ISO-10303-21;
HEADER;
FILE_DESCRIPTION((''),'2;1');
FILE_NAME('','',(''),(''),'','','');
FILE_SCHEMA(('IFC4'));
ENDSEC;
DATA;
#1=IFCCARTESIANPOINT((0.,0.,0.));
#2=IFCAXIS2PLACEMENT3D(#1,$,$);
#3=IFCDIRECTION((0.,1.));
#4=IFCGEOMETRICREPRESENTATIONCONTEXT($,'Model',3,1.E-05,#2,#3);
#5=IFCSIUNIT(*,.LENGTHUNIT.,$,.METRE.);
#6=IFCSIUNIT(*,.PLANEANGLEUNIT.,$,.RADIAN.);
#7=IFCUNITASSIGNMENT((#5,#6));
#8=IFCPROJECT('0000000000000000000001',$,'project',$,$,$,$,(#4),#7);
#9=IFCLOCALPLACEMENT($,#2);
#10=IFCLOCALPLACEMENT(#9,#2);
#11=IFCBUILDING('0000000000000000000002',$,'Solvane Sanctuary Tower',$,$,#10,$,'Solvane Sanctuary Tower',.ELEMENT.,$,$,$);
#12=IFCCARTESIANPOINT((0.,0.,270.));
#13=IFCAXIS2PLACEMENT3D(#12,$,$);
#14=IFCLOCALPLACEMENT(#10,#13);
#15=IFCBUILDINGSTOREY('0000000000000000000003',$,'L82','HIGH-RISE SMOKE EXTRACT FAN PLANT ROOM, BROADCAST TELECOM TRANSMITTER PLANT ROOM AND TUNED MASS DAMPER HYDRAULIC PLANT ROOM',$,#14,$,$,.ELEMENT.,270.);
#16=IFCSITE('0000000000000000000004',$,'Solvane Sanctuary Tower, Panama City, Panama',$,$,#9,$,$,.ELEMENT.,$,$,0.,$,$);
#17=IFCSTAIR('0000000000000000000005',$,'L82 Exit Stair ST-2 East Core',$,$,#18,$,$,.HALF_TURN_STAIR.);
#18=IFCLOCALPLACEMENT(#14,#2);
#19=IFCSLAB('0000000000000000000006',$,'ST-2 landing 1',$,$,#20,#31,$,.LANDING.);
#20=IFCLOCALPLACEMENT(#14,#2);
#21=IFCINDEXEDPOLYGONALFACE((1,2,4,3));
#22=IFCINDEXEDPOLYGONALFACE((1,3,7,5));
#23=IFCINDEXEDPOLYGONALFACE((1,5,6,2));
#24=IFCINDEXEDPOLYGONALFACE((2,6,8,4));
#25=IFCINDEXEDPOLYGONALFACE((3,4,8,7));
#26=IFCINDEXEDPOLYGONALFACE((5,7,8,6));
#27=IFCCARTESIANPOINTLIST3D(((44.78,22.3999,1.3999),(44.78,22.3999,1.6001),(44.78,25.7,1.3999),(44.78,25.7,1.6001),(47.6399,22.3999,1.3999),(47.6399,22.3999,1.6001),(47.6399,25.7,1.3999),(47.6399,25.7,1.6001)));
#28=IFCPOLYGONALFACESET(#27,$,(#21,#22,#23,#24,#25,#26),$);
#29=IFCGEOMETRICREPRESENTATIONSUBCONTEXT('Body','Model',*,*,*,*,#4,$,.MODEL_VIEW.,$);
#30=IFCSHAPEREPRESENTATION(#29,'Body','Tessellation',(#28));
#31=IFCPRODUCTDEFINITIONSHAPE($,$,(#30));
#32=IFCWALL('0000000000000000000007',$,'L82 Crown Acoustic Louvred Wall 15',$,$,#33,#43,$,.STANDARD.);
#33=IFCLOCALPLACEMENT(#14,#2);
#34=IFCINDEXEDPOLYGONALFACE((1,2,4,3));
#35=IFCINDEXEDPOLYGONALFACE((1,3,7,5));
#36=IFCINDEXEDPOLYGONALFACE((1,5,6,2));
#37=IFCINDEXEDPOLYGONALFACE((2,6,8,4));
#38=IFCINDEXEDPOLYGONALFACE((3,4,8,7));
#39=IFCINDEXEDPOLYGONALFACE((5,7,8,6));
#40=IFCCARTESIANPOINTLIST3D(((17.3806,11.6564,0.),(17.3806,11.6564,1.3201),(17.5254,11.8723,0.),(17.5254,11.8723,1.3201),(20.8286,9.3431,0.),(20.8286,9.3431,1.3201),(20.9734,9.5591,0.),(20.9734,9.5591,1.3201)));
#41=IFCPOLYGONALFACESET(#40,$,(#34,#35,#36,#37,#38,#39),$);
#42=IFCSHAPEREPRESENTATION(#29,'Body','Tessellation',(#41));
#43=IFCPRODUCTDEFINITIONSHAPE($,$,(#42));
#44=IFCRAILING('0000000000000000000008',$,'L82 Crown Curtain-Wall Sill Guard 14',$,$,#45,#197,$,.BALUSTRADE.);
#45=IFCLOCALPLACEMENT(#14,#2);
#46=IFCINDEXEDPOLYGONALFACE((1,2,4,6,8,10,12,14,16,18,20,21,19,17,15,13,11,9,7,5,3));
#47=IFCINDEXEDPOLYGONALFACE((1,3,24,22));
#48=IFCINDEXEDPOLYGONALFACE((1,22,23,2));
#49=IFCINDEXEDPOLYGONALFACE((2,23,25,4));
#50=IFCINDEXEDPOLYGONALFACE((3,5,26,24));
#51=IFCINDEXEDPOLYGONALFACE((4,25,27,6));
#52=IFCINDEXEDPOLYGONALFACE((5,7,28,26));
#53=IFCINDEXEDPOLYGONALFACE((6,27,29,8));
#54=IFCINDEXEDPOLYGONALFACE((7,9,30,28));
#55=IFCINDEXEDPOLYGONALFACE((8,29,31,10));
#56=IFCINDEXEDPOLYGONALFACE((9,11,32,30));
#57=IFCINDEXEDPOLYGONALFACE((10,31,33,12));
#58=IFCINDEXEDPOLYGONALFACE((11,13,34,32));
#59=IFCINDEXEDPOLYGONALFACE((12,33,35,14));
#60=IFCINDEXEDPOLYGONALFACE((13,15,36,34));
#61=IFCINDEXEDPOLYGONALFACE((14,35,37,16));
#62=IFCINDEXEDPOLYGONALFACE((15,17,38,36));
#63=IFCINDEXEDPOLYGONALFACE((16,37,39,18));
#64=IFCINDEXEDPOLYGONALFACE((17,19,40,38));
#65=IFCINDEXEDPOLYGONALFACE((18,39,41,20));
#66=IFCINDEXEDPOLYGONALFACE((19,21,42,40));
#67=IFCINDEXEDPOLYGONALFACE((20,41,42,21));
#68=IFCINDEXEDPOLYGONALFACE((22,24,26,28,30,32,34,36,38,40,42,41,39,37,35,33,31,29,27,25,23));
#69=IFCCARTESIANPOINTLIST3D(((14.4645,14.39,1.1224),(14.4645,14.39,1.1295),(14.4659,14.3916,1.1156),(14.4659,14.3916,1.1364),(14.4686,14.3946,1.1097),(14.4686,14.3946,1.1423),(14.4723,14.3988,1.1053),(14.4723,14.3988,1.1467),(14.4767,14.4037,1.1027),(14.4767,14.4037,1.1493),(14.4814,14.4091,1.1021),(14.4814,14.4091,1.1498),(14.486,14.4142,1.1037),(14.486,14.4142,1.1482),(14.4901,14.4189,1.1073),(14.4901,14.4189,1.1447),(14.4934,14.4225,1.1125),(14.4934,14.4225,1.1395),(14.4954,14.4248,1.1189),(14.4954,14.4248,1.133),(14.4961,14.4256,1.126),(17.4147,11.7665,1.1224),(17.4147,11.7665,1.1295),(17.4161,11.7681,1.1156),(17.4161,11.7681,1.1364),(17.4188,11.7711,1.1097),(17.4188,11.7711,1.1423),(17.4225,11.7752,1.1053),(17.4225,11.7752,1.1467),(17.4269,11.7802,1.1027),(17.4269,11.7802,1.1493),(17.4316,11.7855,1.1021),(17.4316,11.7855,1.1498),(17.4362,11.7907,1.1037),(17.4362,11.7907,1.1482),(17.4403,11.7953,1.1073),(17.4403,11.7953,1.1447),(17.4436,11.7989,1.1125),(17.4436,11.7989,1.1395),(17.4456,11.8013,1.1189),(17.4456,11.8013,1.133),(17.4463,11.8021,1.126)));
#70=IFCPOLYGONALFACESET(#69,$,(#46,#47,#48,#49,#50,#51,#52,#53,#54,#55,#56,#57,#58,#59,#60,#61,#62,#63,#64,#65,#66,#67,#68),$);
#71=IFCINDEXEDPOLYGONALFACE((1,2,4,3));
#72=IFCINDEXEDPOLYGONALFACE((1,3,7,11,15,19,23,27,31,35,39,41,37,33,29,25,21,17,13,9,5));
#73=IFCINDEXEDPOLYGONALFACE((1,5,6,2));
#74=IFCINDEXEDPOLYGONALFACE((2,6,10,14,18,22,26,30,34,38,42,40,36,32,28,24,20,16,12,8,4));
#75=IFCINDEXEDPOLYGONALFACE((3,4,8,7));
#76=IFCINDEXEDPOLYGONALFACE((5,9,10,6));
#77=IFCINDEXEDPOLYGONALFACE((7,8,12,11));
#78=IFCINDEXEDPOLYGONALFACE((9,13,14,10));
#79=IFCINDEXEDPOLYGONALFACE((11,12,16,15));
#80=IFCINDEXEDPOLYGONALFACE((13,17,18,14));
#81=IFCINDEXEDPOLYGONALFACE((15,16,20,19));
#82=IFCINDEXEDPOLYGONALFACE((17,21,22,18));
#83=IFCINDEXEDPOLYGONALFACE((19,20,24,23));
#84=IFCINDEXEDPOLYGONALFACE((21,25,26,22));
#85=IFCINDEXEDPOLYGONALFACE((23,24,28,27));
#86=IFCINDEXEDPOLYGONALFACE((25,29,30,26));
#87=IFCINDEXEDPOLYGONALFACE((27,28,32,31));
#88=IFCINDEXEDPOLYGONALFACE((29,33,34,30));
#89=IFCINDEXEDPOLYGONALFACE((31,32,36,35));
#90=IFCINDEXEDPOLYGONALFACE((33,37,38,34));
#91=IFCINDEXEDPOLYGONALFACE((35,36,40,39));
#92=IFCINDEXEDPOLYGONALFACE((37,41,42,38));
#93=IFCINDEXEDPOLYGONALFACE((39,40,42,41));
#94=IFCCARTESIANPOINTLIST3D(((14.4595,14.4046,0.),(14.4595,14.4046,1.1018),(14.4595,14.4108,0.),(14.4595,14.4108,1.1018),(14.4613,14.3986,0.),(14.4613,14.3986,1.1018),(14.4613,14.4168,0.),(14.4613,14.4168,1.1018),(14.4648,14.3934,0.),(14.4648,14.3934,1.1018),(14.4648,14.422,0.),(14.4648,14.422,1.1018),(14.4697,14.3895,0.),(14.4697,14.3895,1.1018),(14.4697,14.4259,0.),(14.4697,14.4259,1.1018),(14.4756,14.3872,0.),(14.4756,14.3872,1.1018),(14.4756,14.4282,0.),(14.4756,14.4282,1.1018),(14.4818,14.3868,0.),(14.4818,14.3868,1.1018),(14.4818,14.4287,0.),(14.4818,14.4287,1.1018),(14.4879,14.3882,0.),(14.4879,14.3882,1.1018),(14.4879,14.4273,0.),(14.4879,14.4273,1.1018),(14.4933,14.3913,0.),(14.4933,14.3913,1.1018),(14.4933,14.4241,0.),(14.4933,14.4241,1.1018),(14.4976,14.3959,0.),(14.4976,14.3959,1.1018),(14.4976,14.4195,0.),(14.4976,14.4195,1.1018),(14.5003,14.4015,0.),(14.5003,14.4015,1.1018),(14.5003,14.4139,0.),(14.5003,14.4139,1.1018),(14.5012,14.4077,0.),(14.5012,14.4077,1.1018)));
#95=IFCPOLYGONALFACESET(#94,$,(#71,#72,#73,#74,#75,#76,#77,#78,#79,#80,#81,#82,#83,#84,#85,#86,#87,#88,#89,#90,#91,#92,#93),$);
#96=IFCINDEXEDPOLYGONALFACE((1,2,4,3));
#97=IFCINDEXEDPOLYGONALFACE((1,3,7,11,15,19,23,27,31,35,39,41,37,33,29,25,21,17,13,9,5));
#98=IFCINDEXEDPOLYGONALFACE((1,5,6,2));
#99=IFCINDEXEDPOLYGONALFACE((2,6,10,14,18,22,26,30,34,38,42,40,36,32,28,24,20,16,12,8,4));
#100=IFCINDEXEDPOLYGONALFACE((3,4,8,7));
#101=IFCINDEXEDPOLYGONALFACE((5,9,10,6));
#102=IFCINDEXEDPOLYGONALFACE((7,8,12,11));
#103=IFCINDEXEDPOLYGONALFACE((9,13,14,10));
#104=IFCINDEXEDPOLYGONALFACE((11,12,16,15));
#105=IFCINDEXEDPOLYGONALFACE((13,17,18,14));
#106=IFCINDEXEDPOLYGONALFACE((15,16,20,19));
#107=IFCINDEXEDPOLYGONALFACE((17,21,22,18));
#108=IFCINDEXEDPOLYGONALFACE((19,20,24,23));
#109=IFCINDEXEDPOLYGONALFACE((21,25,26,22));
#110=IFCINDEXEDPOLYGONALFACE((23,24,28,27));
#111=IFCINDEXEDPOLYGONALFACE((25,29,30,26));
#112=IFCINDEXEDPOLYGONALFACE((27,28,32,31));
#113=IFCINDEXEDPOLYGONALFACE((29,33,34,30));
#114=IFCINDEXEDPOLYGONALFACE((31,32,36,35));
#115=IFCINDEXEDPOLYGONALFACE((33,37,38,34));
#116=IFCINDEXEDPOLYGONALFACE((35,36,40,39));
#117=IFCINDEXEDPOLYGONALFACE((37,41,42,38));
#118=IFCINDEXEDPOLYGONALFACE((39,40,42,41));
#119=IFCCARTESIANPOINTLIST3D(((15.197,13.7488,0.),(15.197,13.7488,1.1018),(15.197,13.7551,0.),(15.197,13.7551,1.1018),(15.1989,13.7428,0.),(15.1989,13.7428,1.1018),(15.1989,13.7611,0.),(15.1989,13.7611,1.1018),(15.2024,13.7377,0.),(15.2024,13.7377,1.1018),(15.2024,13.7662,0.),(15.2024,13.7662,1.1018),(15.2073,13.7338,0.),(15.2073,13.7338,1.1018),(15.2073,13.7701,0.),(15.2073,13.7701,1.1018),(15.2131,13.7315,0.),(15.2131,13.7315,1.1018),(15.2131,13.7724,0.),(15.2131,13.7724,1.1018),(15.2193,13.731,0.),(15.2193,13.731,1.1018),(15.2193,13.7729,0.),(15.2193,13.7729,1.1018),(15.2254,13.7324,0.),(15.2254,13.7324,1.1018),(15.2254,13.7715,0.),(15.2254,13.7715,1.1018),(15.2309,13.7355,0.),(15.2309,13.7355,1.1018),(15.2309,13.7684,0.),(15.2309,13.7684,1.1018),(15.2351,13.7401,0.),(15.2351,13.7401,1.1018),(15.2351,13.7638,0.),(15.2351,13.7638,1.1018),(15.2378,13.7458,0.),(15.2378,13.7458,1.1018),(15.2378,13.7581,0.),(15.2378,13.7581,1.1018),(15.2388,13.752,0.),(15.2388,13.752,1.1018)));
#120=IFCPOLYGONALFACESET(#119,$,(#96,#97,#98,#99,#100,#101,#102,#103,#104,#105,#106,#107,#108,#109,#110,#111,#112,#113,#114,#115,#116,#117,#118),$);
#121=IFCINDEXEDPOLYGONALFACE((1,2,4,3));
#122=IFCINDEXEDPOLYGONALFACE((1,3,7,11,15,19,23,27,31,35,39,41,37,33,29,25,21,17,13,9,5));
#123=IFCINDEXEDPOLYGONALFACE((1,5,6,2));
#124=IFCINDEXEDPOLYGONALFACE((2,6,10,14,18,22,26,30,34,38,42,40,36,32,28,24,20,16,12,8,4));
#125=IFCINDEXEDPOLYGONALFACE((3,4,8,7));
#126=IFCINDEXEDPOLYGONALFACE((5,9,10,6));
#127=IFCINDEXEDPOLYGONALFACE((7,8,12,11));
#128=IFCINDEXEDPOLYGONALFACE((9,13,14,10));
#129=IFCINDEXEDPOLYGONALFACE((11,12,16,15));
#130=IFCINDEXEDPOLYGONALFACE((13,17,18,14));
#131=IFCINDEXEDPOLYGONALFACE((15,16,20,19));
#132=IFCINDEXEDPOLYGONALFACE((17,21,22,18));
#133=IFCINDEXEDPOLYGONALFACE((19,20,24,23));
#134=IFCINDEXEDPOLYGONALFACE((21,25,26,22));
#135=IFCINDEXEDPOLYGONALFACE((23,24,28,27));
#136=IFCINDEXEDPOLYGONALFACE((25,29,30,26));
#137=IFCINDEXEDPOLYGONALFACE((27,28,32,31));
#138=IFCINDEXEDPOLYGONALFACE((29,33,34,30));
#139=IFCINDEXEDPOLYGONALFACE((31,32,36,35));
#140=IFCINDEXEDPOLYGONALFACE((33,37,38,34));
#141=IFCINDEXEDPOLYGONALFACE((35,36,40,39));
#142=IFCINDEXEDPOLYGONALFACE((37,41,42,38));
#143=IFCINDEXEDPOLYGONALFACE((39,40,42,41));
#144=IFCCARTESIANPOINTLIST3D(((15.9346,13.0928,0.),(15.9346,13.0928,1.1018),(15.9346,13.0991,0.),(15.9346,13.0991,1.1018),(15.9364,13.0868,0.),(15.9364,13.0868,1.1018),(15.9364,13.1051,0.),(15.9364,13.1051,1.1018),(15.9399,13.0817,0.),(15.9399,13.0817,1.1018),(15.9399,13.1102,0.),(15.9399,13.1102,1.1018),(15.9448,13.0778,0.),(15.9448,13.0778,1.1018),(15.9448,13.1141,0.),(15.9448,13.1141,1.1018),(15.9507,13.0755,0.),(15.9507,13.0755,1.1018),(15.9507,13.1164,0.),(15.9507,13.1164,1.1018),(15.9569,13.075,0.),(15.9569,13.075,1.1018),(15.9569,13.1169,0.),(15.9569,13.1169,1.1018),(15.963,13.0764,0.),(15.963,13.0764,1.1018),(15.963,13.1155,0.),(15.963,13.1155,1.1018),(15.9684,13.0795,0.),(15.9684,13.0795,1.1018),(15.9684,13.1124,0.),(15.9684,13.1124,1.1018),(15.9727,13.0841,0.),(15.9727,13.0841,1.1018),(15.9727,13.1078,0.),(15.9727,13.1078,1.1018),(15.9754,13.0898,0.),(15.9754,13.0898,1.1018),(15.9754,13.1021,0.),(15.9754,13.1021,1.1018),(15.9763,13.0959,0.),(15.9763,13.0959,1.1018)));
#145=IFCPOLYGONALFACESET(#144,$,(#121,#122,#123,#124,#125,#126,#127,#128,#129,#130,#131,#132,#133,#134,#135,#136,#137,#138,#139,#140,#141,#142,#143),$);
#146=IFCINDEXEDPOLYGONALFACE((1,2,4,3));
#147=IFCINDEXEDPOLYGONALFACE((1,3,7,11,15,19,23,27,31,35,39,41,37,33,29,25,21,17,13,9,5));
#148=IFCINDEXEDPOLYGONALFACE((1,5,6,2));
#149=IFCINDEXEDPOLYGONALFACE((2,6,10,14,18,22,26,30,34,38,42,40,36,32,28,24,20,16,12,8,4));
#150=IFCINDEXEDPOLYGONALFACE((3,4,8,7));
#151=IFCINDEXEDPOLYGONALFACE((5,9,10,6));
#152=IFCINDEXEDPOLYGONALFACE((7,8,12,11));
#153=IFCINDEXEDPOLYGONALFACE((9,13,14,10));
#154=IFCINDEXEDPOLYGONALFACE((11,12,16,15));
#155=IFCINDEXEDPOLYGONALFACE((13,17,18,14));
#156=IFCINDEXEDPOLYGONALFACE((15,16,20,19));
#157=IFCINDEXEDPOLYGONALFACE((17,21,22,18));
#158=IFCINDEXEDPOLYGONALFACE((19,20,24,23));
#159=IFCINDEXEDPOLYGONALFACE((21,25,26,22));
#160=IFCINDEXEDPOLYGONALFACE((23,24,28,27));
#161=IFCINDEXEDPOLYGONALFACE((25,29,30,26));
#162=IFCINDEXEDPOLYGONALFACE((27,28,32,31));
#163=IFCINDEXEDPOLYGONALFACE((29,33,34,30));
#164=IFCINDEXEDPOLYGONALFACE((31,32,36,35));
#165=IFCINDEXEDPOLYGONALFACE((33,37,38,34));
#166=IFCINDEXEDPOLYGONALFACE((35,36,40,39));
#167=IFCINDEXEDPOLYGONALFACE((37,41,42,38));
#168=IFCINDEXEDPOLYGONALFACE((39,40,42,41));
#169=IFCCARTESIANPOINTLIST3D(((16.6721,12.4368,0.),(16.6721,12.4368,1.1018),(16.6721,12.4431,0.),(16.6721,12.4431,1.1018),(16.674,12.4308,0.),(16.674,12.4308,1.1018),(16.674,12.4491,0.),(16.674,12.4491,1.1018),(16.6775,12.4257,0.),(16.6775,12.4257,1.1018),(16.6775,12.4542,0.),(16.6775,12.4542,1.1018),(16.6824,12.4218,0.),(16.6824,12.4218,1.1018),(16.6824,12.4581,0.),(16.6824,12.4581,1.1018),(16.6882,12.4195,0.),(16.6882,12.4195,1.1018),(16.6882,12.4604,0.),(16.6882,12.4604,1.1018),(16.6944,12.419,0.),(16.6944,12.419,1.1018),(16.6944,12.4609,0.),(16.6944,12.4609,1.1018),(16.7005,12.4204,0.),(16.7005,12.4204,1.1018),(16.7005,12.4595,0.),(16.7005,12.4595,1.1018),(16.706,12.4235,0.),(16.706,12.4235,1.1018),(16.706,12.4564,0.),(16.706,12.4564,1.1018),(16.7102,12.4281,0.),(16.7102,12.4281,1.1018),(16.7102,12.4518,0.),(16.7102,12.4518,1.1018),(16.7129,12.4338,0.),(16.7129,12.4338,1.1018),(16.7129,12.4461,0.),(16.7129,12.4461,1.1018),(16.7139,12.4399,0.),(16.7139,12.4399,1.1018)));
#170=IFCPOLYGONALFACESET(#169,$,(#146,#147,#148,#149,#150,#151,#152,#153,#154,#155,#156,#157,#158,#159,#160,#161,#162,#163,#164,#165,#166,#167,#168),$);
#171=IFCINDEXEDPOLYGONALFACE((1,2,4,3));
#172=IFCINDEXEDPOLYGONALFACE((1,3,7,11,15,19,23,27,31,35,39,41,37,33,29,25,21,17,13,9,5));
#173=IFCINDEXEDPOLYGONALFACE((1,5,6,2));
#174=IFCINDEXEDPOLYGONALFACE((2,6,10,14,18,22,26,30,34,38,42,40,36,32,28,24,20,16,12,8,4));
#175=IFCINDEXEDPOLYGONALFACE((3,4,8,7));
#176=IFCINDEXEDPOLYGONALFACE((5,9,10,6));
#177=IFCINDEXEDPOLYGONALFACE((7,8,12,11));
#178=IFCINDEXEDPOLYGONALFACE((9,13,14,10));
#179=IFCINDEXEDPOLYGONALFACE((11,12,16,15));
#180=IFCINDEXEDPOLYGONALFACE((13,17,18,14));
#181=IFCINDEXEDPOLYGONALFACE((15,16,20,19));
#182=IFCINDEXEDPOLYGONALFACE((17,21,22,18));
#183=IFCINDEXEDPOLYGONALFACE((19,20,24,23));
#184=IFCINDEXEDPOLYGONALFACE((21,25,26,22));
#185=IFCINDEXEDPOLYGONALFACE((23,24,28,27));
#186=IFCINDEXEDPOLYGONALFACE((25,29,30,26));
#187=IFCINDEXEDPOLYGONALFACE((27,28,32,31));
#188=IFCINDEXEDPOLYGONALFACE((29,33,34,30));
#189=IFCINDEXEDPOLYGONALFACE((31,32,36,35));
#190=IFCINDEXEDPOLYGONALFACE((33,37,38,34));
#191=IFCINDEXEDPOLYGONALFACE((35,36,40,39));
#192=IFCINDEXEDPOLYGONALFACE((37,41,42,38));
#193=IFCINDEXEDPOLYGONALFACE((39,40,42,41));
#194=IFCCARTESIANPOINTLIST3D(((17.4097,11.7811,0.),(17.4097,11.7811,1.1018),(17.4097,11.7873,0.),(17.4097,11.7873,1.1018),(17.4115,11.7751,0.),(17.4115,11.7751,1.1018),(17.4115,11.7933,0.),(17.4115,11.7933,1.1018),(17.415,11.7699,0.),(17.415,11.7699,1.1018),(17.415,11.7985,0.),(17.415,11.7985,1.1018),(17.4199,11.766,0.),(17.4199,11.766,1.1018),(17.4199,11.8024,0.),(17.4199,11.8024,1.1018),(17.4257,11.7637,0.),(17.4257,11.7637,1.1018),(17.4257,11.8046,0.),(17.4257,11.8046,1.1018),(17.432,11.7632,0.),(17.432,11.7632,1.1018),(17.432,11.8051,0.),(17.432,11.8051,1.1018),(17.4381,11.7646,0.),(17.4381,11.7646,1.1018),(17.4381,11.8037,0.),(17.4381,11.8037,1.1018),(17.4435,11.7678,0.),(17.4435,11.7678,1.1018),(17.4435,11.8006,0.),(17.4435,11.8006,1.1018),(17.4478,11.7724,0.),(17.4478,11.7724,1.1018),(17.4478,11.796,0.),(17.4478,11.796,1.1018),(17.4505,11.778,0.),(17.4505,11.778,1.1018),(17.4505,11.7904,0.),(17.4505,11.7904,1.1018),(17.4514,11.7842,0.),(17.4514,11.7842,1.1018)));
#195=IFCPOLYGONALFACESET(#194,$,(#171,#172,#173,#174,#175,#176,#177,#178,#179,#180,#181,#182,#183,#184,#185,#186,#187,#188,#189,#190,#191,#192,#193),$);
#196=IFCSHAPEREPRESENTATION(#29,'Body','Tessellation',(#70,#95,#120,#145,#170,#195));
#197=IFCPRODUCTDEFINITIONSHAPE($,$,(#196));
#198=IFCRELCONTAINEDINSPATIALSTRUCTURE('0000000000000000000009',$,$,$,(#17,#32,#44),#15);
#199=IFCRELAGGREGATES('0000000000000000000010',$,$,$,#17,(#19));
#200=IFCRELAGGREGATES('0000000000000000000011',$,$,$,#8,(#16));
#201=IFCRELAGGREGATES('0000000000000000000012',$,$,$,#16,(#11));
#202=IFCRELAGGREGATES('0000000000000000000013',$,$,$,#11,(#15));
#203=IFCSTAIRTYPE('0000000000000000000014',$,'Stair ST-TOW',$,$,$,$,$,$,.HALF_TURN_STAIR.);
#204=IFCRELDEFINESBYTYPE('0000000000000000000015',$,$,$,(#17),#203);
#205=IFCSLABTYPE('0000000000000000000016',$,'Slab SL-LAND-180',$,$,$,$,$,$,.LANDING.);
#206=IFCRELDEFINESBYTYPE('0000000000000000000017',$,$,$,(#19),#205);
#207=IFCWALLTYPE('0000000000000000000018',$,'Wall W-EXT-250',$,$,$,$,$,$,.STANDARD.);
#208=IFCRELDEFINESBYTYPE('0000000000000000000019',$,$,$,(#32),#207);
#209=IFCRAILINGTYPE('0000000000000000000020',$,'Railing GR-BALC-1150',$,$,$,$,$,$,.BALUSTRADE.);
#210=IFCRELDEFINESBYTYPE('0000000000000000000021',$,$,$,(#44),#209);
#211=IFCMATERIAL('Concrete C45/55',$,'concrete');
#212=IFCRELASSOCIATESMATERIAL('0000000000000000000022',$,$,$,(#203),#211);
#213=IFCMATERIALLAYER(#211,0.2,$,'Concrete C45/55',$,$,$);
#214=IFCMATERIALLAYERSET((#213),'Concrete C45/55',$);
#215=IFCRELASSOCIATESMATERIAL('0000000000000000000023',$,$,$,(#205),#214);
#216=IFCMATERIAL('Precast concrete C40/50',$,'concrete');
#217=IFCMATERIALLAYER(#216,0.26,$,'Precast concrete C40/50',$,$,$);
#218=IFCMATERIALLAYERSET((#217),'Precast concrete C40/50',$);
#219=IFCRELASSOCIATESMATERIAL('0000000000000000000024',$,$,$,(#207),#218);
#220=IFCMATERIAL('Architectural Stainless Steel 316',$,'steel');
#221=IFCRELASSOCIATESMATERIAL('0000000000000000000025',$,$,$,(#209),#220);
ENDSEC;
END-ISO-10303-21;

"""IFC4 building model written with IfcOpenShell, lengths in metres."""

from ifc_helpers import new_model, si_unit, direction, frame, frame_2d, origin, origin_2d, place, context, subcontext, project, spatial, polyline, rectangle, circle, outline, extrude, material, layer, layer_set, type_object, element, aggregate, save


model = new_model("IFC4")

# Units and contexts
model_context = context("Model", 3, precision=1e-05, world=origin(), true_north=direction((0.0, 1.0)))
body_context = subcontext(model_context, "Body", "Model", "MODEL_VIEW")
ifc_project = project(units=[si_unit("LENGTHUNIT", "METRE"), si_unit("PLANEANGLEUNIT", "RADIAN")], contexts=[model_context])

# Site, building, storey
site_placement = place(None, origin())
site = spatial("IfcSite", under=ifc_project, at=site_placement, Name="Solvane Sanctuary Tower, Panama City, Panama", CompositionType="ELEMENT", RefElevation=0.0)
building_placement = place(site_placement, origin())
building = spatial("IfcBuilding", under=site, at=building_placement, Name="Solvane Sanctuary Tower", LongName="Solvane Sanctuary Tower", CompositionType="ELEMENT")
storey_placement = place(building_placement, frame((0.0, 0.0, 270.0)))
storey = spatial("IfcBuildingStorey", under=building, at=storey_placement, Name="L82", Description="HIGH-RISE SMOKE EXTRACT FAN PLANT ROOM, BROADCAST TELECOM TRANSMITTER PLANT ROOM AND TUNED MASS DAMPER HYDRAULIC PLANT ROOM", CompositionType="ELEMENT", Elevation=270.0)

# Stair, slab
ifc_material_1 = material(Name="Concrete C45/55", Category="concrete")
stair_type = type_object("IfcStairType", Name="Stair ST-TOW", PredefinedType="HALF_TURN_STAIR", material=ifc_material_1)
ifc_layer_1 = layer(ifc_material_1, 0.2, Name="Concrete C45/55")
ifc_layer_set_1 = layer_set([ifc_layer_1], Name="Concrete C45/55")
slab_type_1 = type_object("IfcSlabType", Name="Slab SL-LAND-180", PredefinedType="LANDING", material=ifc_layer_set_1)
stair_1_placement = place(storey_placement, origin())
stair_1 = element("IfcStair", 1, at=stair_1_placement, inside=storey, type_object=stair_type, Name="L82 Exit Stair ST-2 East Core", PredefinedType="HALF_TURN_STAIR")
slab_1_placement = place(storey_placement, frame((0.0, 0.0, 1.3999)))
slab_1 = element("IfcSlab", 2, at=slab_1_placement, type_object=slab_type_1, Name="ST-2 landing 1", PredefinedType="LANDING", context=body_context, shape_type="SweptSolid", body=[
    extrude(outline(polyline([(47.6399, 22.3999), (47.6399, 25.7), (44.78, 25.7), (44.78, 22.3999), (47.6399, 22.3999)])), origin(), (0.0, 0.0, 1.0), 0.2002),
])
aggregate(stair_1, [slab_1])

# Wall
ifc_material_2 = material(Name="Precast concrete C40/50", Category="concrete")
ifc_layer_2 = layer(ifc_material_2, 0.26, Name="Precast concrete C40/50")
ifc_layer_set_2 = layer_set([ifc_layer_2], Name="Precast concrete C40/50")
wall_type = type_object("IfcWallType", Name="Wall W-EXT-250", PredefinedType="STANDARD", material=ifc_layer_set_2)
wall_placement = place(storey_placement, frame((17.4529, 11.7644, 0.0), z_axis=(0.0, 0.0, 1.0), x_axis=(0.830427, -0.557127, 0.0)))
element("IfcWall", 3, at=wall_placement, inside=storey, type_object=wall_type, Name="L82 Crown Acoustic Louvred Wall 15", PredefinedType="STANDARD", context=body_context, shape_type="SweptSolid", body=[
    extrude(rectangle(XDim=4.1521, YDim=0.26, at=frame_2d((2.0762, 0.0))), origin(), (0.0, 0.0, 1.0), 1.3201),
])

# Railing
ifc_material_3 = material(Name="Architectural Stainless Steel 316", Category="steel")
railing_type = type_object("IfcRailingType", Name="Railing GR-BALC-1150", PredefinedType="BALUSTRADE", material=ifc_material_3)
railing_1_placement = place(storey_placement, frame((14.4802, 14.4077, 0.0)))
element("IfcRailing", 4, at=railing_1_placement, inside=storey, type_object=railing_type, Name="L82 Crown Curtain-Wall Sill Guard 14", PredefinedType="BALUSTRADE", context=body_context, shape_type="SweptSolid", body=[
    extrude(circle(Radius=0.0239, at=origin_2d()), frame((0.0, 0.0, 1.126), z_axis=(0.747266, -0.664525, 0.0), x_axis=(0.664525, 0.747266, 0.0)), (0.0, 0.0, 1.0), 3.948),
    extrude(circle(Radius=0.021, at=origin_2d()), origin(), (0.0, 0.0, 1.0), 1.1018),
    extrude(circle(Radius=0.021, at=origin_2d()), frame((0.7375, -0.6558, 0.0)), (0.0, 0.0, 1.0), 1.1018),
    extrude(circle(Radius=0.021, at=origin_2d()), frame((1.4751, -1.3118, 0.0)), (0.0, 0.0, 1.0), 1.1018),
    extrude(circle(Radius=0.021, at=origin_2d()), frame((2.2126, -1.9678, 0.0)), (0.0, 0.0, 1.0), 1.1018),
    extrude(circle(Radius=0.021, at=origin_2d()), frame((2.9502, -2.6235, 0.0)), (0.0, 0.0, 1.0), 1.1018),
])

save(model, "model.ifc")
